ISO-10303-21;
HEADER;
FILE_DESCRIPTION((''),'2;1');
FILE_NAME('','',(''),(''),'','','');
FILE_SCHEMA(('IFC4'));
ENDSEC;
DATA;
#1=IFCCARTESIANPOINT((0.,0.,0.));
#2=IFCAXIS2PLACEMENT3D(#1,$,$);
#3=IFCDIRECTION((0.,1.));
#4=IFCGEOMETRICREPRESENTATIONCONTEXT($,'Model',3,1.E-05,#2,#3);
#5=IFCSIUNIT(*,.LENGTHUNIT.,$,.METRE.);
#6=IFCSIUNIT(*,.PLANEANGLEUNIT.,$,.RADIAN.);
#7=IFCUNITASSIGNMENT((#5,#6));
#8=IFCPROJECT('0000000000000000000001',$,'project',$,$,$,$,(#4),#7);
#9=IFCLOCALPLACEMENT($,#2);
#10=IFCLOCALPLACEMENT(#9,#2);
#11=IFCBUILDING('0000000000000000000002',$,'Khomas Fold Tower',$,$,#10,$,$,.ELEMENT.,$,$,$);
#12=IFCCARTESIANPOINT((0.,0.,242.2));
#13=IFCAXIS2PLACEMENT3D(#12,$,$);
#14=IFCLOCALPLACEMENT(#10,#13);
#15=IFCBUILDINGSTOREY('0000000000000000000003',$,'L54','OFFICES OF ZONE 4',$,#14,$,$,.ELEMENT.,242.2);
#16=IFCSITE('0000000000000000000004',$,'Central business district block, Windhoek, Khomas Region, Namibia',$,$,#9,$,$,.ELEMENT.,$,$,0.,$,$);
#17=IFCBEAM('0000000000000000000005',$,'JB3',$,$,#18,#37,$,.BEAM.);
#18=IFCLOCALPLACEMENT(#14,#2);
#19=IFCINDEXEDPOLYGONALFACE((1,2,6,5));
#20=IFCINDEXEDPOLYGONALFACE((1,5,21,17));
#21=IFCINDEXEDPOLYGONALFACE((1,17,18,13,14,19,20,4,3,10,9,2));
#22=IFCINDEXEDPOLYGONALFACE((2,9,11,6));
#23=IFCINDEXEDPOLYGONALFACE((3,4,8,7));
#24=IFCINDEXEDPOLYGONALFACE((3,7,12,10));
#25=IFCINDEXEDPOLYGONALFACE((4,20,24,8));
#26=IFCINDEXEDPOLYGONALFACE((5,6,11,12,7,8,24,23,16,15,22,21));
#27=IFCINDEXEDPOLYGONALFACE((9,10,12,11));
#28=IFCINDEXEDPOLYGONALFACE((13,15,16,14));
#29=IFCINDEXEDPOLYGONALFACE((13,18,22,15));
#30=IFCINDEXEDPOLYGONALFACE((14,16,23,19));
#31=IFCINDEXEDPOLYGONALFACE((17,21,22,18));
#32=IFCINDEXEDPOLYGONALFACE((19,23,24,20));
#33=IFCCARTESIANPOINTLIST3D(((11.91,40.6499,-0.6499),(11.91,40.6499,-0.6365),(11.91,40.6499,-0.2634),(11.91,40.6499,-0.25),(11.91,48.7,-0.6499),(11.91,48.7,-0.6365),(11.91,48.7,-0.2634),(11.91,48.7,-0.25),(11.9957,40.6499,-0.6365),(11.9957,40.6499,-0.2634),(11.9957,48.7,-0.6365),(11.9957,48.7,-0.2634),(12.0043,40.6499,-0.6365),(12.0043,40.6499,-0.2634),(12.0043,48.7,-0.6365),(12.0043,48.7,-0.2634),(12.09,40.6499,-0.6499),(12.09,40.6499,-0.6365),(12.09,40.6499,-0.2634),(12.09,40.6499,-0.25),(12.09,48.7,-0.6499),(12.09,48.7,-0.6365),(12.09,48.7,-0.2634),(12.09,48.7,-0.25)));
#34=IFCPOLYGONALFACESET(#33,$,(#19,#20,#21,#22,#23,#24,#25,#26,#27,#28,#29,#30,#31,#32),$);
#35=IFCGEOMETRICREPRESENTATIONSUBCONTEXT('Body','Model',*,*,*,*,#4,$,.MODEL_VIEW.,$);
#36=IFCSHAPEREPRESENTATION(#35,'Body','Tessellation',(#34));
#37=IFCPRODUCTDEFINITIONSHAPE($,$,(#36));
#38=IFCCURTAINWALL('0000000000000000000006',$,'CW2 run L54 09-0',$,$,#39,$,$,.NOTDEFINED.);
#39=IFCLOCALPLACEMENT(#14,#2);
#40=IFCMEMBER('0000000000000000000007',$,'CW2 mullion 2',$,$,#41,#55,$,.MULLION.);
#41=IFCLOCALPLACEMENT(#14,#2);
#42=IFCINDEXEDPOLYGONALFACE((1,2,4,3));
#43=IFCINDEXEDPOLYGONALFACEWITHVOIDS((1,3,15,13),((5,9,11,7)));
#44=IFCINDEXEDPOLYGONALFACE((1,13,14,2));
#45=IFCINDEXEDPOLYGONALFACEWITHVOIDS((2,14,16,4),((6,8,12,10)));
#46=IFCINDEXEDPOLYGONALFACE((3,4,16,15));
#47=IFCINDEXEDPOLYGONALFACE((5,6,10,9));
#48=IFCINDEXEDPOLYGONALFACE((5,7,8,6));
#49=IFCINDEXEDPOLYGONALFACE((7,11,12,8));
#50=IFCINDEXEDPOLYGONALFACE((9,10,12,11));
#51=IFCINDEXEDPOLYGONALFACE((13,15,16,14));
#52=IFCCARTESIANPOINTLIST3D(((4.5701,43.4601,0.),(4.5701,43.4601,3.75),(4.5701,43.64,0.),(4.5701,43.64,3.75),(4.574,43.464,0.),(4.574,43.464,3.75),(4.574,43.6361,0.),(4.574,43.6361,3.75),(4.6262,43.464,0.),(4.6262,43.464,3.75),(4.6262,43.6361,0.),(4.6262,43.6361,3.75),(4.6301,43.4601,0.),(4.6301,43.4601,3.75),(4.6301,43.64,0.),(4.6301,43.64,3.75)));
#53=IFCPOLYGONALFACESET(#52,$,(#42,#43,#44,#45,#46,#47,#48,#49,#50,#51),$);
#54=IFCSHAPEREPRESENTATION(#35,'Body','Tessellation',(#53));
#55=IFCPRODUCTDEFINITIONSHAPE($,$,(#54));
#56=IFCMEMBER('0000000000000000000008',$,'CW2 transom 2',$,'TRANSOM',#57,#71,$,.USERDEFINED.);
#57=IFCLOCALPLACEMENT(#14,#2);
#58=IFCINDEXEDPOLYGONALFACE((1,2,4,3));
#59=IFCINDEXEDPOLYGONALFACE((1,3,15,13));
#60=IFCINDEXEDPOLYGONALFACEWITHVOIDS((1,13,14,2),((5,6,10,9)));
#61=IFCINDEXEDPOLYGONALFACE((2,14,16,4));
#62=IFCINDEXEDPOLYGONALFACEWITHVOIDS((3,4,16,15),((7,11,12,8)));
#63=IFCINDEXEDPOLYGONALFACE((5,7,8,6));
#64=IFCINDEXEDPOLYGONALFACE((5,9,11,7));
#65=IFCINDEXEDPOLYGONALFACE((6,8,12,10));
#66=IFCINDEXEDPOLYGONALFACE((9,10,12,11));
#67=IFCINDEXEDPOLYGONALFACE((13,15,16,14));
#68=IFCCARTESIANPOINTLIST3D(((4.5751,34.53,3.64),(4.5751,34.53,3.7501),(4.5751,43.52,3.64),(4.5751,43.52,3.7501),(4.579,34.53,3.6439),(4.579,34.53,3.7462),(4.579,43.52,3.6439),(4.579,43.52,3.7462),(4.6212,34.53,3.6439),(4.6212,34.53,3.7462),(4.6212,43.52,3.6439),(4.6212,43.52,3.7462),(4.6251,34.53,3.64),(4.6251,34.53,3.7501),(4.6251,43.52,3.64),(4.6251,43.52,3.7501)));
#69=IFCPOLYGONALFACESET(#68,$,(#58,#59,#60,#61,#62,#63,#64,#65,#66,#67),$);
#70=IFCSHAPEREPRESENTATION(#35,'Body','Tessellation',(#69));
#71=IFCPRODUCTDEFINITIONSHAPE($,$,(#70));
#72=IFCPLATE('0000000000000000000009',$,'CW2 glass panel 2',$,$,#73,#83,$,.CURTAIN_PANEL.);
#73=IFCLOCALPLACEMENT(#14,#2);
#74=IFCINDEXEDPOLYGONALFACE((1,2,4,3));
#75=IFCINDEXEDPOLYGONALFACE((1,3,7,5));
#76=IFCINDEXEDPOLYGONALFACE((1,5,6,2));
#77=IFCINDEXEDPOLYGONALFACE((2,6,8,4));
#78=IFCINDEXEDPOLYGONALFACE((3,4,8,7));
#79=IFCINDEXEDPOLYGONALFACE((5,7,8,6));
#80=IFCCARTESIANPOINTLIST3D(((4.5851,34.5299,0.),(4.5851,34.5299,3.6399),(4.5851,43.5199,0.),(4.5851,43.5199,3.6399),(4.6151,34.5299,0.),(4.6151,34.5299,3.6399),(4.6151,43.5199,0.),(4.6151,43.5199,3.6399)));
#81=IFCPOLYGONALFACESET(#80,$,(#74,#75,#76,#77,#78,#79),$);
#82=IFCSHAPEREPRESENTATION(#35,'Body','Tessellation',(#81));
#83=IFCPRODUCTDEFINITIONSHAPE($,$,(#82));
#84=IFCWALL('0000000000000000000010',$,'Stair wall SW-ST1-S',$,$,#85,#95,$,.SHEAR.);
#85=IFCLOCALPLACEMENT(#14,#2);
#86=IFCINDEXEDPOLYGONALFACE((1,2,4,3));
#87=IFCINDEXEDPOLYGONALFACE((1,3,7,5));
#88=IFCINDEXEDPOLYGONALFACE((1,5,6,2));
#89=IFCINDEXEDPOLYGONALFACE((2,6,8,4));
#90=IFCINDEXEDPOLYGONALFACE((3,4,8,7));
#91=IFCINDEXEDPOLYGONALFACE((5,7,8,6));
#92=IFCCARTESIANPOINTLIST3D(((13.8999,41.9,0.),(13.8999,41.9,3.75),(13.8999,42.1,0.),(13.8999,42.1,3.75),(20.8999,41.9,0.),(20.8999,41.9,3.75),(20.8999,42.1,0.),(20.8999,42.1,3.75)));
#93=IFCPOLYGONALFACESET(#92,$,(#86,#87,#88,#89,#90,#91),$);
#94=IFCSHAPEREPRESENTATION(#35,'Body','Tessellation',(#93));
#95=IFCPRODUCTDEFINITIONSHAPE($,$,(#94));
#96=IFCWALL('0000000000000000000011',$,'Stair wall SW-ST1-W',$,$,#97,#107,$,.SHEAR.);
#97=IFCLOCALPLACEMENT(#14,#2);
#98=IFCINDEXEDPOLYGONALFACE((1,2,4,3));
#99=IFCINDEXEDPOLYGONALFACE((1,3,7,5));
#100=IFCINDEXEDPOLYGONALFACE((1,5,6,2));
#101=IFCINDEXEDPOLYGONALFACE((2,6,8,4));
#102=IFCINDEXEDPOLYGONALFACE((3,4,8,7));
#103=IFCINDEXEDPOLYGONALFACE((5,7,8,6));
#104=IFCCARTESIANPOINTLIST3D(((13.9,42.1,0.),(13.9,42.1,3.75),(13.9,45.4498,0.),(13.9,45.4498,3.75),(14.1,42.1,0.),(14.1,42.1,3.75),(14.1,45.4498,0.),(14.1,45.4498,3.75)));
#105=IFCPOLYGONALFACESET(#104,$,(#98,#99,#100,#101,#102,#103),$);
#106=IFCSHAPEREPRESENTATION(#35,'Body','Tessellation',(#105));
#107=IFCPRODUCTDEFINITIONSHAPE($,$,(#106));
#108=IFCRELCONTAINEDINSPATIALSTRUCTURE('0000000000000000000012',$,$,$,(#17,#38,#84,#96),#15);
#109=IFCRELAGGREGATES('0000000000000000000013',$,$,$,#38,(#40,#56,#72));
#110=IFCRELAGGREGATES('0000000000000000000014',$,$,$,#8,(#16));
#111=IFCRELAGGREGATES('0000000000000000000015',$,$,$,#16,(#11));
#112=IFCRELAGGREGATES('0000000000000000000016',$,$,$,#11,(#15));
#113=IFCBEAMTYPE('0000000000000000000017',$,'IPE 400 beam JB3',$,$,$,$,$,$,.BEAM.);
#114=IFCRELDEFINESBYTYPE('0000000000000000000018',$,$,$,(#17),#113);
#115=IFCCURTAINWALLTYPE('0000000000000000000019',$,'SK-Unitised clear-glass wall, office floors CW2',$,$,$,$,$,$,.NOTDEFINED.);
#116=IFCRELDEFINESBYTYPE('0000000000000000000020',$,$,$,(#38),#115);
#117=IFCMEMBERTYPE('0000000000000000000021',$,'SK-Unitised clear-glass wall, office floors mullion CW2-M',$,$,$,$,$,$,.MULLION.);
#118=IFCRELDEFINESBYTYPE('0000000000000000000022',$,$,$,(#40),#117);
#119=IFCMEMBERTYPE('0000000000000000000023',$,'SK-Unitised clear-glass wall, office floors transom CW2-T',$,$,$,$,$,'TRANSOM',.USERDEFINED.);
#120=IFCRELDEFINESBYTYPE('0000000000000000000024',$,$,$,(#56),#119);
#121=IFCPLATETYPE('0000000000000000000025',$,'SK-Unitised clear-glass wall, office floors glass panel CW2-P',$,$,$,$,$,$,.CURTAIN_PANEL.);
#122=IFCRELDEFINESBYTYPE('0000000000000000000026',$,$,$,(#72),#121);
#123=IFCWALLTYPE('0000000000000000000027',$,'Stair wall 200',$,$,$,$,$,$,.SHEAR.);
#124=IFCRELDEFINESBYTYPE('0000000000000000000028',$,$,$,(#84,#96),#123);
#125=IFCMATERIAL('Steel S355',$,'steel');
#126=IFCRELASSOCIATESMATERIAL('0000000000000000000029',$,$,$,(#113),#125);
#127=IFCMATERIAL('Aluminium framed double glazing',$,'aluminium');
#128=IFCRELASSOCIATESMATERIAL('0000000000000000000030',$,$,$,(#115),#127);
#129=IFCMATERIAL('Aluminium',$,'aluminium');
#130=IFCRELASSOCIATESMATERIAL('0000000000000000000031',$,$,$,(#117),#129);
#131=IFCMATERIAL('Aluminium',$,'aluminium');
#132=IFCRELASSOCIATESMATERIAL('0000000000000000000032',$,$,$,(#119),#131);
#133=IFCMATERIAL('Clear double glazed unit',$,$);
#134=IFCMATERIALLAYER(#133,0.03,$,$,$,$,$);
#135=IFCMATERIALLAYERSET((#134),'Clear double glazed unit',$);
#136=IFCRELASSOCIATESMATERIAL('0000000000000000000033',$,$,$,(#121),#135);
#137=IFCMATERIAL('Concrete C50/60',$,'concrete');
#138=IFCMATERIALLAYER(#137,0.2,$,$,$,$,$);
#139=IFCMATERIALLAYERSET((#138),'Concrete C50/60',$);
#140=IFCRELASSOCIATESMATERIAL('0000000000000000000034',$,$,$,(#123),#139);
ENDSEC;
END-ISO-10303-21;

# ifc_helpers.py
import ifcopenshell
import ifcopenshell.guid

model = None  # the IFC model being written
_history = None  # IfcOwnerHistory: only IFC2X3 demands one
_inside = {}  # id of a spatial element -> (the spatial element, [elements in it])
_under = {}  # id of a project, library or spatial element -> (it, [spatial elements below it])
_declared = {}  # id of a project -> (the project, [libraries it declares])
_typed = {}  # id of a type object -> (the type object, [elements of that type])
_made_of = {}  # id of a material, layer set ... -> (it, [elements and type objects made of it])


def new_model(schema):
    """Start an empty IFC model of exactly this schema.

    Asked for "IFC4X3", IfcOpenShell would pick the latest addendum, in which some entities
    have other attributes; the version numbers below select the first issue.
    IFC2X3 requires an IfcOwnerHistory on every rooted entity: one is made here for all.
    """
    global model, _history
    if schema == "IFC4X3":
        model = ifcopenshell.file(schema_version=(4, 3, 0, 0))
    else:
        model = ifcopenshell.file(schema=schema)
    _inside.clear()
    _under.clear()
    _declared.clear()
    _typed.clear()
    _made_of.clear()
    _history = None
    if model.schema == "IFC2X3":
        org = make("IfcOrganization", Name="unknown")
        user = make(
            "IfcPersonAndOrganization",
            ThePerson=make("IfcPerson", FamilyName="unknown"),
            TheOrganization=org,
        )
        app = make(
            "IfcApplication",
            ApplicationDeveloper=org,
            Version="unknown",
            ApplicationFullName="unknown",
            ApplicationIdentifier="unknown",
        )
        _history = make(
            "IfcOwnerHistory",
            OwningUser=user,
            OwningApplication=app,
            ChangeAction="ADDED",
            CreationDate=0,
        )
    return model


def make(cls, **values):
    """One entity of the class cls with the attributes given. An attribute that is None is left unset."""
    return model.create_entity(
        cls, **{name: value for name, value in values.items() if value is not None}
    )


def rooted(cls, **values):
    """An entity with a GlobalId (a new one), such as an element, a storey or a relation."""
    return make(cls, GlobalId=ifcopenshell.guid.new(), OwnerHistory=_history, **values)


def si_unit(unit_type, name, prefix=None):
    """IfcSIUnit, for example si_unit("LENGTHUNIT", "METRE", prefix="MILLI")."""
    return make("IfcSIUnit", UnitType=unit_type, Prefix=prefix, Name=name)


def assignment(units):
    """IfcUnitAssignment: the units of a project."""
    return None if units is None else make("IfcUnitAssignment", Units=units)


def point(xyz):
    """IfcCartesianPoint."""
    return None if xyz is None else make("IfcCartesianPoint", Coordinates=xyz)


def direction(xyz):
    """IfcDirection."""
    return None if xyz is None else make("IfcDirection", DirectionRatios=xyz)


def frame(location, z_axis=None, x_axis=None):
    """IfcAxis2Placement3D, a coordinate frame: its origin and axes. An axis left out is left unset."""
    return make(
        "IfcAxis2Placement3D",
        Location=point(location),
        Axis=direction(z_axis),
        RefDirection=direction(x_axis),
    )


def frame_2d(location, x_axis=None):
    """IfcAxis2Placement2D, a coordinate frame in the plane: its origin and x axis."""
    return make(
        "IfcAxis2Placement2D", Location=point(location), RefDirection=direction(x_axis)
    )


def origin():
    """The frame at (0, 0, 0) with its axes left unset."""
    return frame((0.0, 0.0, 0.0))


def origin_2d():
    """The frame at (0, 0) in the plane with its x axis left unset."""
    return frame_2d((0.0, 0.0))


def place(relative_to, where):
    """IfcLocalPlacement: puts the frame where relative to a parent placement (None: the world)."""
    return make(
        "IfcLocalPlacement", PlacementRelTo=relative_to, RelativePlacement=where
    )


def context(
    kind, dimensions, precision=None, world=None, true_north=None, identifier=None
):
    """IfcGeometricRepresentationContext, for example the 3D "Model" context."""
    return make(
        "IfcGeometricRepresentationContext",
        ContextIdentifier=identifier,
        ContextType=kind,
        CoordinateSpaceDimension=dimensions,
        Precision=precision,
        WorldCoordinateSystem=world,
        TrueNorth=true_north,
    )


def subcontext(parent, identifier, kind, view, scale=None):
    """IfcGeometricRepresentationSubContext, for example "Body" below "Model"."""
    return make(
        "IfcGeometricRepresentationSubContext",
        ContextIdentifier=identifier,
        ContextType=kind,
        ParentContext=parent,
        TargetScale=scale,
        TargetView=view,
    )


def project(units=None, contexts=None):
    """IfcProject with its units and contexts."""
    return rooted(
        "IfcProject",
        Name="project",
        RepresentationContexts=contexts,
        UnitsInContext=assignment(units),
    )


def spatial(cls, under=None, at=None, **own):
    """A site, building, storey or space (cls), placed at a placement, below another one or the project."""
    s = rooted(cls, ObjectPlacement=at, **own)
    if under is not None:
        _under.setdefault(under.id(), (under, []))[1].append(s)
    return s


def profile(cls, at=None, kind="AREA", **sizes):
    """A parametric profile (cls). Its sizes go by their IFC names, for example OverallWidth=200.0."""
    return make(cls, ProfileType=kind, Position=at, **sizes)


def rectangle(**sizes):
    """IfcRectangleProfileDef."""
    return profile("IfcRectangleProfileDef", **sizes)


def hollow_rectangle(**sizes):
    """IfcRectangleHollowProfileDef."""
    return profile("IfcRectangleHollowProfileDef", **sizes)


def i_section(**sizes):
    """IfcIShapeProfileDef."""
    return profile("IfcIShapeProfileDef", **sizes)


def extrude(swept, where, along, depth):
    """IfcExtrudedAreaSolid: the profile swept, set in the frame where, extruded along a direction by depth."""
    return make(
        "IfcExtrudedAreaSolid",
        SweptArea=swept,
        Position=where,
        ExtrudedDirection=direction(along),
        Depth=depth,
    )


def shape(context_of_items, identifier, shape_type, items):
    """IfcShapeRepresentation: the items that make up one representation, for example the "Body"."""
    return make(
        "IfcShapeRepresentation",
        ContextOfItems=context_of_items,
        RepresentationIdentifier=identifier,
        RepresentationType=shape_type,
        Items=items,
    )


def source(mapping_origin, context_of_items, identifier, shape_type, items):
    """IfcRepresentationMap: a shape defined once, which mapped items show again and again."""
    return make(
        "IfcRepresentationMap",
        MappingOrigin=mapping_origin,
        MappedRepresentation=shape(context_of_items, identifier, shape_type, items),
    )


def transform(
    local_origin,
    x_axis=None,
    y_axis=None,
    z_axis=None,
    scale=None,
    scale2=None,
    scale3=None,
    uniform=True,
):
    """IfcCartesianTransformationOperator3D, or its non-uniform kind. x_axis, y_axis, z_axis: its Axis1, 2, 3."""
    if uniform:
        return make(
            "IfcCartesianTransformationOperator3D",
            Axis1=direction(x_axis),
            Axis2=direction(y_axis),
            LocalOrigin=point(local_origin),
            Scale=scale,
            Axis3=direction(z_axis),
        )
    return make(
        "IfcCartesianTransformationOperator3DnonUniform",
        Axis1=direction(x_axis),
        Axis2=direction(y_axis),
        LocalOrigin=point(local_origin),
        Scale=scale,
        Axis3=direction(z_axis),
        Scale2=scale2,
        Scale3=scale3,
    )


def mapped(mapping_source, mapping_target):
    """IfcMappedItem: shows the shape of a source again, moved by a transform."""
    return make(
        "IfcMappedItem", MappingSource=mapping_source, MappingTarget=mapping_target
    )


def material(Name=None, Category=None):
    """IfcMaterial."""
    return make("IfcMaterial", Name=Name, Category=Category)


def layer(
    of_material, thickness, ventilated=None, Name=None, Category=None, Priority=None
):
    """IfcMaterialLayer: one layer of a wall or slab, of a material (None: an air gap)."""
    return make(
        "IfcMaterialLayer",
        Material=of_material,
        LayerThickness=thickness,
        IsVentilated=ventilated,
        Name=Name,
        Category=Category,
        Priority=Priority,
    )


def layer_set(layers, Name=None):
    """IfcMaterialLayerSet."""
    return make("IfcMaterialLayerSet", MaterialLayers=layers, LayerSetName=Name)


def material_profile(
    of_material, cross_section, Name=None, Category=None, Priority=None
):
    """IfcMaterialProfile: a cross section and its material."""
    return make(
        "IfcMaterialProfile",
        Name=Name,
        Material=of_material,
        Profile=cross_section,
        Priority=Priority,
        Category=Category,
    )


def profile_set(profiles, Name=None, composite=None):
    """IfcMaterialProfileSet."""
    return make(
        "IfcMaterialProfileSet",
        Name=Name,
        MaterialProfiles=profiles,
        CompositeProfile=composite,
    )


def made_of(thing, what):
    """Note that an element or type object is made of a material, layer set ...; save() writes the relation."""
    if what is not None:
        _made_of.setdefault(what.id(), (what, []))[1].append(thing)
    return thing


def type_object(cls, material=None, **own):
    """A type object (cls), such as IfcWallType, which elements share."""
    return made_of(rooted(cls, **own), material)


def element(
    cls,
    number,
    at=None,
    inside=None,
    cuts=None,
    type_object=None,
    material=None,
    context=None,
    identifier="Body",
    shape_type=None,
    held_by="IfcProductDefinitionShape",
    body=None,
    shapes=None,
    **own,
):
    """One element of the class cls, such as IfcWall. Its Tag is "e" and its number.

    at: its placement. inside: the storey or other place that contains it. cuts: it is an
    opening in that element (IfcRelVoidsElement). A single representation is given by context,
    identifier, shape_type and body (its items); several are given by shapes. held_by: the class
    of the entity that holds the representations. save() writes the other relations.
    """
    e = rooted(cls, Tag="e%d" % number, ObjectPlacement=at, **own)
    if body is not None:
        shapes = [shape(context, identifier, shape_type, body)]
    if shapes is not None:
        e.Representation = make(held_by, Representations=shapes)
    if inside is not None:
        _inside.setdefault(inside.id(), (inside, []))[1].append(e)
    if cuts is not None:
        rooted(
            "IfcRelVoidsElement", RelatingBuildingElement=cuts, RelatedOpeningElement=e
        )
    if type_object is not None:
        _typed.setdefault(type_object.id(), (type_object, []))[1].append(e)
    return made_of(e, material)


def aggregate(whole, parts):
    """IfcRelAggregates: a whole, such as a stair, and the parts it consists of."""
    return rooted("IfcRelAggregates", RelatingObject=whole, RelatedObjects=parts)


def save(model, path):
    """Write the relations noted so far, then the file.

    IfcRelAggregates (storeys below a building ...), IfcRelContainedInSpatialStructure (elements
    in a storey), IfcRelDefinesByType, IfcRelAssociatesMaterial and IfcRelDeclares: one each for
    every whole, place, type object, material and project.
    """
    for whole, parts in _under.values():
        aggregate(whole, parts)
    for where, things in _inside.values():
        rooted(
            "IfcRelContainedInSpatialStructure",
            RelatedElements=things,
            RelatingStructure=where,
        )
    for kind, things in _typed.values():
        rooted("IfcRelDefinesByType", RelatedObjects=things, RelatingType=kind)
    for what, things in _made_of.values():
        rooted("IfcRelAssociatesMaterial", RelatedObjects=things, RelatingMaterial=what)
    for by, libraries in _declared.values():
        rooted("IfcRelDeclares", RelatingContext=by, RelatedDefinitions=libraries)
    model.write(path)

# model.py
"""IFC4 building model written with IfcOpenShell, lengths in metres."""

from ifc_helpers import new_model, si_unit, direction, frame, frame_2d, origin, origin_2d, place, context, subcontext, project, spatial, rectangle, hollow_rectangle, i_section, extrude, source, transform, mapped, material, layer, layer_set, material_profile, profile_set, type_object, element, aggregate, save


model = new_model("IFC4")

# Units and contexts
model_context = context("Model", 3, precision=1e-05, world=origin(), true_north=direction((0.0, 1.0)))
body_context = subcontext(model_context, "Body", "Model", "MODEL_VIEW")
ifc_project = project(units=[si_unit("LENGTHUNIT", "METRE"), si_unit("PLANEANGLEUNIT", "RADIAN")], contexts=[model_context])

# Site, building, storey
site_placement = place(None, origin())
site = spatial("IfcSite", under=ifc_project, at=site_placement, Name="Central business district block, Windhoek, Khomas Region, Namibia", CompositionType="ELEMENT", RefElevation=0.0)
building_placement = place(site_placement, origin())
building = spatial("IfcBuilding", under=site, at=building_placement, Name="Khomas Fold Tower", CompositionType="ELEMENT")
storey_placement = place(building_placement, frame((0.0, 0.0, 242.2)))
storey = spatial("IfcBuildingStorey", under=building, at=storey_placement, Name="L54", Description="OFFICES OF ZONE 4", CompositionType="ELEMENT", Elevation=242.2)

# Beam
ifc_material_1 = material(Name="Steel S355", Category="steel")
ifc_material_profile_1 = material_profile(ifc_material_1, i_section(OverallWidth=0.1799, OverallDepth=0.3999, WebThickness=0.0085, FlangeThickness=0.0134, at=origin_2d()), Name="IPE 400")
ifc_profile_set_1 = profile_set([ifc_material_profile_1], Name="Steel S355")
beam_type_1 = type_object("IfcBeamType", Name="IPE 400 beam JB3", PredefinedType="BEAM", material=ifc_profile_set_1)
shared_shape_1 = source(origin(), body_context, "Body", "SweptSolid", [
    extrude(i_section(OverallWidth=0.1799, OverallDepth=0.3999, WebThickness=0.0085, FlangeThickness=0.0134, at=origin_2d()), origin(), (0.0, 0.0, 1.0), 8.05),
])
beam_1_placement = place(storey_placement, frame((12.0, 40.6499, -0.45), z_axis=(0.0, 1.0, 0.0), x_axis=(-1.0, 0.0, 0.0)))
element("IfcBeam", 1, at=beam_1_placement, inside=storey, type_object=beam_type_1, Name="JB3", PredefinedType="BEAM", context=body_context, shape_type="MappedRepresentation", body=[
    mapped(shared_shape_1, transform((0.0, 0.0, 0.0))),
])

# Curtain wall, members, plate
ifc_material_2 = material(Name="Aluminium framed double glazing", Category="aluminium")
curtain_wall_type = type_object("IfcCurtainWallType", Name="SK-Unitised clear-glass wall, office floors CW2", PredefinedType="NOTDEFINED", material=ifc_material_2)
curtain_wall_placement = place(storey_placement, origin())
curtain_wall = element("IfcCurtainWall", 2, at=curtain_wall_placement, inside=storey, type_object=curtain_wall_type, Name="CW2 run L54 09-0", PredefinedType="NOTDEFINED")
ifc_material_3 = material(Name="Aluminium", Category="aluminium")
ifc_material_profile_2 = material_profile(ifc_material_3, hollow_rectangle(XDim=0.0601, YDim=0.1799, WallThickness=0.0039, at=origin_2d()), Name="SK-Unitised clear-glass wall, office floors mullion CW2-M")
ifc_profile_set_2 = profile_set([ifc_material_profile_2], Name="Aluminium")
member_type_1 = type_object("IfcMemberType", Name="SK-Unitised clear-glass wall, office floors mullion CW2-M", PredefinedType="MULLION", material=ifc_profile_set_2)
shared_shape_2 = source(origin(), body_context, "Body", "SweptSolid", [
    extrude(hollow_rectangle(XDim=0.0601, YDim=0.1799, WallThickness=0.0039, at=origin_2d()), origin(), (0.0, 0.0, 1.0), 3.75),
])
member_1_placement = place(storey_placement, frame((4.6001, 43.55, 0.0), z_axis=(0.0, 0.0, 1.0), x_axis=(1.0, 0.0, 0.0)))
member_1 = element("IfcMember", 3, at=member_1_placement, type_object=member_type_1, Name="CW2 mullion 2", PredefinedType="MULLION", context=body_context, shape_type="MappedRepresentation", body=[
    mapped(shared_shape_2, transform((0.0, 0.0, 0.0))),
])
ifc_material_4 = material(Name="Aluminium", Category="aluminium")
ifc_material_profile_3 = material_profile(ifc_material_4, hollow_rectangle(XDim=0.05, YDim=0.1101, WallThickness=0.0039, at=origin_2d()), Name="SK-Unitised clear-glass wall, office floors transom CW2-T")
ifc_profile_set_3 = profile_set([ifc_material_profile_3], Name="Aluminium")
member_type_2 = type_object("IfcMemberType", Name="SK-Unitised clear-glass wall, office floors transom CW2-T", ElementType="TRANSOM", PredefinedType="USERDEFINED", material=ifc_profile_set_3)
shared_shape_3 = source(origin(), body_context, "Body", "SweptSolid", [
    extrude(hollow_rectangle(XDim=0.05, YDim=0.1101, WallThickness=0.0039, at=origin_2d()), origin(), (0.0, 0.0, 1.0), 8.99),
])
member_2_placement = place(storey_placement, frame((4.6001, 43.52, 3.6951), z_axis=(0.0, -1.0, 0.0), x_axis=(1.0, 0.0, 0.0)))
member_2 = element("IfcMember", 4, at=member_2_placement, type_object=member_type_2, Name="CW2 transom 2", ObjectType="TRANSOM", PredefinedType="USERDEFINED", context=body_context, shape_type="MappedRepresentation", body=[
    mapped(shared_shape_3, transform((0.0, 0.0, 0.0))),
])
ifc_material_5 = material(Name="Clear double glazed unit")
ifc_layer_1 = layer(ifc_material_5, 0.03)
ifc_layer_set_1 = layer_set([ifc_layer_1], Name="Clear double glazed unit")
plate_type = type_object("IfcPlateType", Name="SK-Unitised clear-glass wall, office floors glass panel CW2-P", PredefinedType="CURTAIN_PANEL", material=ifc_layer_set_1)
shared_shape_4 = source(origin(), body_context, "Body", "SweptSolid", [
    extrude(rectangle(XDim=8.99, YDim=0.03, at=origin_2d()), origin(), (0.0, 0.0, 1.0), 3.6399),
])
plate_placement = place(storey_placement, frame((4.6001, 39.0249, 0.0), z_axis=(0.0, 0.0, 1.0), x_axis=(0.0, -1.0, 0.0)))
plate = element("IfcPlate", 5, at=plate_placement, type_object=plate_type, Name="CW2 glass panel 2", PredefinedType="CURTAIN_PANEL", context=body_context, shape_type="MappedRepresentation", body=[
    mapped(shared_shape_4, transform((0.0, 0.0, 0.0))),
])
aggregate(curtain_wall, [member_1, member_2, plate])

# Walls
ifc_material_6 = material(Name="Concrete C50/60", Category="concrete")
ifc_layer_2 = layer(ifc_material_6, 0.2)
ifc_layer_set_2 = layer_set([ifc_layer_2], Name="Concrete C50/60")
wall_type_1 = type_object("IfcWallType", Name="Stair wall 200", PredefinedType="SHEAR", material=ifc_layer_set_2)
shared_shape_5 = source(origin(), body_context, "Body", "SweptSolid", [
    extrude(rectangle(XDim=7.0, YDim=0.2, at=frame_2d((3.5, 0.0))), origin(), (0.0, 0.0, 1.0), 3.75),
])
wall_1_placement = place(storey_placement, frame((13.8999, 42.0, 0.0), z_axis=(0.0, 0.0, 1.0), x_axis=(1.0, 0.0, 0.0)))
element("IfcWall", 6, at=wall_1_placement, inside=storey, type_object=wall_type_1, Name="Stair wall SW-ST1-S", PredefinedType="SHEAR", context=body_context, shape_type="MappedRepresentation", body=[
    mapped(shared_shape_5, transform((0.0, 0.0, 0.0))),
])
shared_shape_6 = source(origin(), body_context, "Body", "SweptSolid", [
    extrude(rectangle(XDim=3.3499, YDim=0.2, at=frame_2d((1.6748, 0.0))), origin(), (0.0, 0.0, 1.0), 3.75),
])
wall_2_placement = place(storey_placement, frame((14.0, 42.1001, 0.0), z_axis=(0.0, 0.0, 1.0), x_axis=(0.0, 1.0, 0.0)))
element("IfcWall", 7, at=wall_2_placement, inside=storey, type_object=wall_type_1, Name="Stair wall SW-ST1-W", PredefinedType="SHEAR", context=body_context, shape_type="MappedRepresentation", body=[
    mapped(shared_shape_6, transform((0.0, 0.0, 0.0))),
])

save(model, "model.ifc")
